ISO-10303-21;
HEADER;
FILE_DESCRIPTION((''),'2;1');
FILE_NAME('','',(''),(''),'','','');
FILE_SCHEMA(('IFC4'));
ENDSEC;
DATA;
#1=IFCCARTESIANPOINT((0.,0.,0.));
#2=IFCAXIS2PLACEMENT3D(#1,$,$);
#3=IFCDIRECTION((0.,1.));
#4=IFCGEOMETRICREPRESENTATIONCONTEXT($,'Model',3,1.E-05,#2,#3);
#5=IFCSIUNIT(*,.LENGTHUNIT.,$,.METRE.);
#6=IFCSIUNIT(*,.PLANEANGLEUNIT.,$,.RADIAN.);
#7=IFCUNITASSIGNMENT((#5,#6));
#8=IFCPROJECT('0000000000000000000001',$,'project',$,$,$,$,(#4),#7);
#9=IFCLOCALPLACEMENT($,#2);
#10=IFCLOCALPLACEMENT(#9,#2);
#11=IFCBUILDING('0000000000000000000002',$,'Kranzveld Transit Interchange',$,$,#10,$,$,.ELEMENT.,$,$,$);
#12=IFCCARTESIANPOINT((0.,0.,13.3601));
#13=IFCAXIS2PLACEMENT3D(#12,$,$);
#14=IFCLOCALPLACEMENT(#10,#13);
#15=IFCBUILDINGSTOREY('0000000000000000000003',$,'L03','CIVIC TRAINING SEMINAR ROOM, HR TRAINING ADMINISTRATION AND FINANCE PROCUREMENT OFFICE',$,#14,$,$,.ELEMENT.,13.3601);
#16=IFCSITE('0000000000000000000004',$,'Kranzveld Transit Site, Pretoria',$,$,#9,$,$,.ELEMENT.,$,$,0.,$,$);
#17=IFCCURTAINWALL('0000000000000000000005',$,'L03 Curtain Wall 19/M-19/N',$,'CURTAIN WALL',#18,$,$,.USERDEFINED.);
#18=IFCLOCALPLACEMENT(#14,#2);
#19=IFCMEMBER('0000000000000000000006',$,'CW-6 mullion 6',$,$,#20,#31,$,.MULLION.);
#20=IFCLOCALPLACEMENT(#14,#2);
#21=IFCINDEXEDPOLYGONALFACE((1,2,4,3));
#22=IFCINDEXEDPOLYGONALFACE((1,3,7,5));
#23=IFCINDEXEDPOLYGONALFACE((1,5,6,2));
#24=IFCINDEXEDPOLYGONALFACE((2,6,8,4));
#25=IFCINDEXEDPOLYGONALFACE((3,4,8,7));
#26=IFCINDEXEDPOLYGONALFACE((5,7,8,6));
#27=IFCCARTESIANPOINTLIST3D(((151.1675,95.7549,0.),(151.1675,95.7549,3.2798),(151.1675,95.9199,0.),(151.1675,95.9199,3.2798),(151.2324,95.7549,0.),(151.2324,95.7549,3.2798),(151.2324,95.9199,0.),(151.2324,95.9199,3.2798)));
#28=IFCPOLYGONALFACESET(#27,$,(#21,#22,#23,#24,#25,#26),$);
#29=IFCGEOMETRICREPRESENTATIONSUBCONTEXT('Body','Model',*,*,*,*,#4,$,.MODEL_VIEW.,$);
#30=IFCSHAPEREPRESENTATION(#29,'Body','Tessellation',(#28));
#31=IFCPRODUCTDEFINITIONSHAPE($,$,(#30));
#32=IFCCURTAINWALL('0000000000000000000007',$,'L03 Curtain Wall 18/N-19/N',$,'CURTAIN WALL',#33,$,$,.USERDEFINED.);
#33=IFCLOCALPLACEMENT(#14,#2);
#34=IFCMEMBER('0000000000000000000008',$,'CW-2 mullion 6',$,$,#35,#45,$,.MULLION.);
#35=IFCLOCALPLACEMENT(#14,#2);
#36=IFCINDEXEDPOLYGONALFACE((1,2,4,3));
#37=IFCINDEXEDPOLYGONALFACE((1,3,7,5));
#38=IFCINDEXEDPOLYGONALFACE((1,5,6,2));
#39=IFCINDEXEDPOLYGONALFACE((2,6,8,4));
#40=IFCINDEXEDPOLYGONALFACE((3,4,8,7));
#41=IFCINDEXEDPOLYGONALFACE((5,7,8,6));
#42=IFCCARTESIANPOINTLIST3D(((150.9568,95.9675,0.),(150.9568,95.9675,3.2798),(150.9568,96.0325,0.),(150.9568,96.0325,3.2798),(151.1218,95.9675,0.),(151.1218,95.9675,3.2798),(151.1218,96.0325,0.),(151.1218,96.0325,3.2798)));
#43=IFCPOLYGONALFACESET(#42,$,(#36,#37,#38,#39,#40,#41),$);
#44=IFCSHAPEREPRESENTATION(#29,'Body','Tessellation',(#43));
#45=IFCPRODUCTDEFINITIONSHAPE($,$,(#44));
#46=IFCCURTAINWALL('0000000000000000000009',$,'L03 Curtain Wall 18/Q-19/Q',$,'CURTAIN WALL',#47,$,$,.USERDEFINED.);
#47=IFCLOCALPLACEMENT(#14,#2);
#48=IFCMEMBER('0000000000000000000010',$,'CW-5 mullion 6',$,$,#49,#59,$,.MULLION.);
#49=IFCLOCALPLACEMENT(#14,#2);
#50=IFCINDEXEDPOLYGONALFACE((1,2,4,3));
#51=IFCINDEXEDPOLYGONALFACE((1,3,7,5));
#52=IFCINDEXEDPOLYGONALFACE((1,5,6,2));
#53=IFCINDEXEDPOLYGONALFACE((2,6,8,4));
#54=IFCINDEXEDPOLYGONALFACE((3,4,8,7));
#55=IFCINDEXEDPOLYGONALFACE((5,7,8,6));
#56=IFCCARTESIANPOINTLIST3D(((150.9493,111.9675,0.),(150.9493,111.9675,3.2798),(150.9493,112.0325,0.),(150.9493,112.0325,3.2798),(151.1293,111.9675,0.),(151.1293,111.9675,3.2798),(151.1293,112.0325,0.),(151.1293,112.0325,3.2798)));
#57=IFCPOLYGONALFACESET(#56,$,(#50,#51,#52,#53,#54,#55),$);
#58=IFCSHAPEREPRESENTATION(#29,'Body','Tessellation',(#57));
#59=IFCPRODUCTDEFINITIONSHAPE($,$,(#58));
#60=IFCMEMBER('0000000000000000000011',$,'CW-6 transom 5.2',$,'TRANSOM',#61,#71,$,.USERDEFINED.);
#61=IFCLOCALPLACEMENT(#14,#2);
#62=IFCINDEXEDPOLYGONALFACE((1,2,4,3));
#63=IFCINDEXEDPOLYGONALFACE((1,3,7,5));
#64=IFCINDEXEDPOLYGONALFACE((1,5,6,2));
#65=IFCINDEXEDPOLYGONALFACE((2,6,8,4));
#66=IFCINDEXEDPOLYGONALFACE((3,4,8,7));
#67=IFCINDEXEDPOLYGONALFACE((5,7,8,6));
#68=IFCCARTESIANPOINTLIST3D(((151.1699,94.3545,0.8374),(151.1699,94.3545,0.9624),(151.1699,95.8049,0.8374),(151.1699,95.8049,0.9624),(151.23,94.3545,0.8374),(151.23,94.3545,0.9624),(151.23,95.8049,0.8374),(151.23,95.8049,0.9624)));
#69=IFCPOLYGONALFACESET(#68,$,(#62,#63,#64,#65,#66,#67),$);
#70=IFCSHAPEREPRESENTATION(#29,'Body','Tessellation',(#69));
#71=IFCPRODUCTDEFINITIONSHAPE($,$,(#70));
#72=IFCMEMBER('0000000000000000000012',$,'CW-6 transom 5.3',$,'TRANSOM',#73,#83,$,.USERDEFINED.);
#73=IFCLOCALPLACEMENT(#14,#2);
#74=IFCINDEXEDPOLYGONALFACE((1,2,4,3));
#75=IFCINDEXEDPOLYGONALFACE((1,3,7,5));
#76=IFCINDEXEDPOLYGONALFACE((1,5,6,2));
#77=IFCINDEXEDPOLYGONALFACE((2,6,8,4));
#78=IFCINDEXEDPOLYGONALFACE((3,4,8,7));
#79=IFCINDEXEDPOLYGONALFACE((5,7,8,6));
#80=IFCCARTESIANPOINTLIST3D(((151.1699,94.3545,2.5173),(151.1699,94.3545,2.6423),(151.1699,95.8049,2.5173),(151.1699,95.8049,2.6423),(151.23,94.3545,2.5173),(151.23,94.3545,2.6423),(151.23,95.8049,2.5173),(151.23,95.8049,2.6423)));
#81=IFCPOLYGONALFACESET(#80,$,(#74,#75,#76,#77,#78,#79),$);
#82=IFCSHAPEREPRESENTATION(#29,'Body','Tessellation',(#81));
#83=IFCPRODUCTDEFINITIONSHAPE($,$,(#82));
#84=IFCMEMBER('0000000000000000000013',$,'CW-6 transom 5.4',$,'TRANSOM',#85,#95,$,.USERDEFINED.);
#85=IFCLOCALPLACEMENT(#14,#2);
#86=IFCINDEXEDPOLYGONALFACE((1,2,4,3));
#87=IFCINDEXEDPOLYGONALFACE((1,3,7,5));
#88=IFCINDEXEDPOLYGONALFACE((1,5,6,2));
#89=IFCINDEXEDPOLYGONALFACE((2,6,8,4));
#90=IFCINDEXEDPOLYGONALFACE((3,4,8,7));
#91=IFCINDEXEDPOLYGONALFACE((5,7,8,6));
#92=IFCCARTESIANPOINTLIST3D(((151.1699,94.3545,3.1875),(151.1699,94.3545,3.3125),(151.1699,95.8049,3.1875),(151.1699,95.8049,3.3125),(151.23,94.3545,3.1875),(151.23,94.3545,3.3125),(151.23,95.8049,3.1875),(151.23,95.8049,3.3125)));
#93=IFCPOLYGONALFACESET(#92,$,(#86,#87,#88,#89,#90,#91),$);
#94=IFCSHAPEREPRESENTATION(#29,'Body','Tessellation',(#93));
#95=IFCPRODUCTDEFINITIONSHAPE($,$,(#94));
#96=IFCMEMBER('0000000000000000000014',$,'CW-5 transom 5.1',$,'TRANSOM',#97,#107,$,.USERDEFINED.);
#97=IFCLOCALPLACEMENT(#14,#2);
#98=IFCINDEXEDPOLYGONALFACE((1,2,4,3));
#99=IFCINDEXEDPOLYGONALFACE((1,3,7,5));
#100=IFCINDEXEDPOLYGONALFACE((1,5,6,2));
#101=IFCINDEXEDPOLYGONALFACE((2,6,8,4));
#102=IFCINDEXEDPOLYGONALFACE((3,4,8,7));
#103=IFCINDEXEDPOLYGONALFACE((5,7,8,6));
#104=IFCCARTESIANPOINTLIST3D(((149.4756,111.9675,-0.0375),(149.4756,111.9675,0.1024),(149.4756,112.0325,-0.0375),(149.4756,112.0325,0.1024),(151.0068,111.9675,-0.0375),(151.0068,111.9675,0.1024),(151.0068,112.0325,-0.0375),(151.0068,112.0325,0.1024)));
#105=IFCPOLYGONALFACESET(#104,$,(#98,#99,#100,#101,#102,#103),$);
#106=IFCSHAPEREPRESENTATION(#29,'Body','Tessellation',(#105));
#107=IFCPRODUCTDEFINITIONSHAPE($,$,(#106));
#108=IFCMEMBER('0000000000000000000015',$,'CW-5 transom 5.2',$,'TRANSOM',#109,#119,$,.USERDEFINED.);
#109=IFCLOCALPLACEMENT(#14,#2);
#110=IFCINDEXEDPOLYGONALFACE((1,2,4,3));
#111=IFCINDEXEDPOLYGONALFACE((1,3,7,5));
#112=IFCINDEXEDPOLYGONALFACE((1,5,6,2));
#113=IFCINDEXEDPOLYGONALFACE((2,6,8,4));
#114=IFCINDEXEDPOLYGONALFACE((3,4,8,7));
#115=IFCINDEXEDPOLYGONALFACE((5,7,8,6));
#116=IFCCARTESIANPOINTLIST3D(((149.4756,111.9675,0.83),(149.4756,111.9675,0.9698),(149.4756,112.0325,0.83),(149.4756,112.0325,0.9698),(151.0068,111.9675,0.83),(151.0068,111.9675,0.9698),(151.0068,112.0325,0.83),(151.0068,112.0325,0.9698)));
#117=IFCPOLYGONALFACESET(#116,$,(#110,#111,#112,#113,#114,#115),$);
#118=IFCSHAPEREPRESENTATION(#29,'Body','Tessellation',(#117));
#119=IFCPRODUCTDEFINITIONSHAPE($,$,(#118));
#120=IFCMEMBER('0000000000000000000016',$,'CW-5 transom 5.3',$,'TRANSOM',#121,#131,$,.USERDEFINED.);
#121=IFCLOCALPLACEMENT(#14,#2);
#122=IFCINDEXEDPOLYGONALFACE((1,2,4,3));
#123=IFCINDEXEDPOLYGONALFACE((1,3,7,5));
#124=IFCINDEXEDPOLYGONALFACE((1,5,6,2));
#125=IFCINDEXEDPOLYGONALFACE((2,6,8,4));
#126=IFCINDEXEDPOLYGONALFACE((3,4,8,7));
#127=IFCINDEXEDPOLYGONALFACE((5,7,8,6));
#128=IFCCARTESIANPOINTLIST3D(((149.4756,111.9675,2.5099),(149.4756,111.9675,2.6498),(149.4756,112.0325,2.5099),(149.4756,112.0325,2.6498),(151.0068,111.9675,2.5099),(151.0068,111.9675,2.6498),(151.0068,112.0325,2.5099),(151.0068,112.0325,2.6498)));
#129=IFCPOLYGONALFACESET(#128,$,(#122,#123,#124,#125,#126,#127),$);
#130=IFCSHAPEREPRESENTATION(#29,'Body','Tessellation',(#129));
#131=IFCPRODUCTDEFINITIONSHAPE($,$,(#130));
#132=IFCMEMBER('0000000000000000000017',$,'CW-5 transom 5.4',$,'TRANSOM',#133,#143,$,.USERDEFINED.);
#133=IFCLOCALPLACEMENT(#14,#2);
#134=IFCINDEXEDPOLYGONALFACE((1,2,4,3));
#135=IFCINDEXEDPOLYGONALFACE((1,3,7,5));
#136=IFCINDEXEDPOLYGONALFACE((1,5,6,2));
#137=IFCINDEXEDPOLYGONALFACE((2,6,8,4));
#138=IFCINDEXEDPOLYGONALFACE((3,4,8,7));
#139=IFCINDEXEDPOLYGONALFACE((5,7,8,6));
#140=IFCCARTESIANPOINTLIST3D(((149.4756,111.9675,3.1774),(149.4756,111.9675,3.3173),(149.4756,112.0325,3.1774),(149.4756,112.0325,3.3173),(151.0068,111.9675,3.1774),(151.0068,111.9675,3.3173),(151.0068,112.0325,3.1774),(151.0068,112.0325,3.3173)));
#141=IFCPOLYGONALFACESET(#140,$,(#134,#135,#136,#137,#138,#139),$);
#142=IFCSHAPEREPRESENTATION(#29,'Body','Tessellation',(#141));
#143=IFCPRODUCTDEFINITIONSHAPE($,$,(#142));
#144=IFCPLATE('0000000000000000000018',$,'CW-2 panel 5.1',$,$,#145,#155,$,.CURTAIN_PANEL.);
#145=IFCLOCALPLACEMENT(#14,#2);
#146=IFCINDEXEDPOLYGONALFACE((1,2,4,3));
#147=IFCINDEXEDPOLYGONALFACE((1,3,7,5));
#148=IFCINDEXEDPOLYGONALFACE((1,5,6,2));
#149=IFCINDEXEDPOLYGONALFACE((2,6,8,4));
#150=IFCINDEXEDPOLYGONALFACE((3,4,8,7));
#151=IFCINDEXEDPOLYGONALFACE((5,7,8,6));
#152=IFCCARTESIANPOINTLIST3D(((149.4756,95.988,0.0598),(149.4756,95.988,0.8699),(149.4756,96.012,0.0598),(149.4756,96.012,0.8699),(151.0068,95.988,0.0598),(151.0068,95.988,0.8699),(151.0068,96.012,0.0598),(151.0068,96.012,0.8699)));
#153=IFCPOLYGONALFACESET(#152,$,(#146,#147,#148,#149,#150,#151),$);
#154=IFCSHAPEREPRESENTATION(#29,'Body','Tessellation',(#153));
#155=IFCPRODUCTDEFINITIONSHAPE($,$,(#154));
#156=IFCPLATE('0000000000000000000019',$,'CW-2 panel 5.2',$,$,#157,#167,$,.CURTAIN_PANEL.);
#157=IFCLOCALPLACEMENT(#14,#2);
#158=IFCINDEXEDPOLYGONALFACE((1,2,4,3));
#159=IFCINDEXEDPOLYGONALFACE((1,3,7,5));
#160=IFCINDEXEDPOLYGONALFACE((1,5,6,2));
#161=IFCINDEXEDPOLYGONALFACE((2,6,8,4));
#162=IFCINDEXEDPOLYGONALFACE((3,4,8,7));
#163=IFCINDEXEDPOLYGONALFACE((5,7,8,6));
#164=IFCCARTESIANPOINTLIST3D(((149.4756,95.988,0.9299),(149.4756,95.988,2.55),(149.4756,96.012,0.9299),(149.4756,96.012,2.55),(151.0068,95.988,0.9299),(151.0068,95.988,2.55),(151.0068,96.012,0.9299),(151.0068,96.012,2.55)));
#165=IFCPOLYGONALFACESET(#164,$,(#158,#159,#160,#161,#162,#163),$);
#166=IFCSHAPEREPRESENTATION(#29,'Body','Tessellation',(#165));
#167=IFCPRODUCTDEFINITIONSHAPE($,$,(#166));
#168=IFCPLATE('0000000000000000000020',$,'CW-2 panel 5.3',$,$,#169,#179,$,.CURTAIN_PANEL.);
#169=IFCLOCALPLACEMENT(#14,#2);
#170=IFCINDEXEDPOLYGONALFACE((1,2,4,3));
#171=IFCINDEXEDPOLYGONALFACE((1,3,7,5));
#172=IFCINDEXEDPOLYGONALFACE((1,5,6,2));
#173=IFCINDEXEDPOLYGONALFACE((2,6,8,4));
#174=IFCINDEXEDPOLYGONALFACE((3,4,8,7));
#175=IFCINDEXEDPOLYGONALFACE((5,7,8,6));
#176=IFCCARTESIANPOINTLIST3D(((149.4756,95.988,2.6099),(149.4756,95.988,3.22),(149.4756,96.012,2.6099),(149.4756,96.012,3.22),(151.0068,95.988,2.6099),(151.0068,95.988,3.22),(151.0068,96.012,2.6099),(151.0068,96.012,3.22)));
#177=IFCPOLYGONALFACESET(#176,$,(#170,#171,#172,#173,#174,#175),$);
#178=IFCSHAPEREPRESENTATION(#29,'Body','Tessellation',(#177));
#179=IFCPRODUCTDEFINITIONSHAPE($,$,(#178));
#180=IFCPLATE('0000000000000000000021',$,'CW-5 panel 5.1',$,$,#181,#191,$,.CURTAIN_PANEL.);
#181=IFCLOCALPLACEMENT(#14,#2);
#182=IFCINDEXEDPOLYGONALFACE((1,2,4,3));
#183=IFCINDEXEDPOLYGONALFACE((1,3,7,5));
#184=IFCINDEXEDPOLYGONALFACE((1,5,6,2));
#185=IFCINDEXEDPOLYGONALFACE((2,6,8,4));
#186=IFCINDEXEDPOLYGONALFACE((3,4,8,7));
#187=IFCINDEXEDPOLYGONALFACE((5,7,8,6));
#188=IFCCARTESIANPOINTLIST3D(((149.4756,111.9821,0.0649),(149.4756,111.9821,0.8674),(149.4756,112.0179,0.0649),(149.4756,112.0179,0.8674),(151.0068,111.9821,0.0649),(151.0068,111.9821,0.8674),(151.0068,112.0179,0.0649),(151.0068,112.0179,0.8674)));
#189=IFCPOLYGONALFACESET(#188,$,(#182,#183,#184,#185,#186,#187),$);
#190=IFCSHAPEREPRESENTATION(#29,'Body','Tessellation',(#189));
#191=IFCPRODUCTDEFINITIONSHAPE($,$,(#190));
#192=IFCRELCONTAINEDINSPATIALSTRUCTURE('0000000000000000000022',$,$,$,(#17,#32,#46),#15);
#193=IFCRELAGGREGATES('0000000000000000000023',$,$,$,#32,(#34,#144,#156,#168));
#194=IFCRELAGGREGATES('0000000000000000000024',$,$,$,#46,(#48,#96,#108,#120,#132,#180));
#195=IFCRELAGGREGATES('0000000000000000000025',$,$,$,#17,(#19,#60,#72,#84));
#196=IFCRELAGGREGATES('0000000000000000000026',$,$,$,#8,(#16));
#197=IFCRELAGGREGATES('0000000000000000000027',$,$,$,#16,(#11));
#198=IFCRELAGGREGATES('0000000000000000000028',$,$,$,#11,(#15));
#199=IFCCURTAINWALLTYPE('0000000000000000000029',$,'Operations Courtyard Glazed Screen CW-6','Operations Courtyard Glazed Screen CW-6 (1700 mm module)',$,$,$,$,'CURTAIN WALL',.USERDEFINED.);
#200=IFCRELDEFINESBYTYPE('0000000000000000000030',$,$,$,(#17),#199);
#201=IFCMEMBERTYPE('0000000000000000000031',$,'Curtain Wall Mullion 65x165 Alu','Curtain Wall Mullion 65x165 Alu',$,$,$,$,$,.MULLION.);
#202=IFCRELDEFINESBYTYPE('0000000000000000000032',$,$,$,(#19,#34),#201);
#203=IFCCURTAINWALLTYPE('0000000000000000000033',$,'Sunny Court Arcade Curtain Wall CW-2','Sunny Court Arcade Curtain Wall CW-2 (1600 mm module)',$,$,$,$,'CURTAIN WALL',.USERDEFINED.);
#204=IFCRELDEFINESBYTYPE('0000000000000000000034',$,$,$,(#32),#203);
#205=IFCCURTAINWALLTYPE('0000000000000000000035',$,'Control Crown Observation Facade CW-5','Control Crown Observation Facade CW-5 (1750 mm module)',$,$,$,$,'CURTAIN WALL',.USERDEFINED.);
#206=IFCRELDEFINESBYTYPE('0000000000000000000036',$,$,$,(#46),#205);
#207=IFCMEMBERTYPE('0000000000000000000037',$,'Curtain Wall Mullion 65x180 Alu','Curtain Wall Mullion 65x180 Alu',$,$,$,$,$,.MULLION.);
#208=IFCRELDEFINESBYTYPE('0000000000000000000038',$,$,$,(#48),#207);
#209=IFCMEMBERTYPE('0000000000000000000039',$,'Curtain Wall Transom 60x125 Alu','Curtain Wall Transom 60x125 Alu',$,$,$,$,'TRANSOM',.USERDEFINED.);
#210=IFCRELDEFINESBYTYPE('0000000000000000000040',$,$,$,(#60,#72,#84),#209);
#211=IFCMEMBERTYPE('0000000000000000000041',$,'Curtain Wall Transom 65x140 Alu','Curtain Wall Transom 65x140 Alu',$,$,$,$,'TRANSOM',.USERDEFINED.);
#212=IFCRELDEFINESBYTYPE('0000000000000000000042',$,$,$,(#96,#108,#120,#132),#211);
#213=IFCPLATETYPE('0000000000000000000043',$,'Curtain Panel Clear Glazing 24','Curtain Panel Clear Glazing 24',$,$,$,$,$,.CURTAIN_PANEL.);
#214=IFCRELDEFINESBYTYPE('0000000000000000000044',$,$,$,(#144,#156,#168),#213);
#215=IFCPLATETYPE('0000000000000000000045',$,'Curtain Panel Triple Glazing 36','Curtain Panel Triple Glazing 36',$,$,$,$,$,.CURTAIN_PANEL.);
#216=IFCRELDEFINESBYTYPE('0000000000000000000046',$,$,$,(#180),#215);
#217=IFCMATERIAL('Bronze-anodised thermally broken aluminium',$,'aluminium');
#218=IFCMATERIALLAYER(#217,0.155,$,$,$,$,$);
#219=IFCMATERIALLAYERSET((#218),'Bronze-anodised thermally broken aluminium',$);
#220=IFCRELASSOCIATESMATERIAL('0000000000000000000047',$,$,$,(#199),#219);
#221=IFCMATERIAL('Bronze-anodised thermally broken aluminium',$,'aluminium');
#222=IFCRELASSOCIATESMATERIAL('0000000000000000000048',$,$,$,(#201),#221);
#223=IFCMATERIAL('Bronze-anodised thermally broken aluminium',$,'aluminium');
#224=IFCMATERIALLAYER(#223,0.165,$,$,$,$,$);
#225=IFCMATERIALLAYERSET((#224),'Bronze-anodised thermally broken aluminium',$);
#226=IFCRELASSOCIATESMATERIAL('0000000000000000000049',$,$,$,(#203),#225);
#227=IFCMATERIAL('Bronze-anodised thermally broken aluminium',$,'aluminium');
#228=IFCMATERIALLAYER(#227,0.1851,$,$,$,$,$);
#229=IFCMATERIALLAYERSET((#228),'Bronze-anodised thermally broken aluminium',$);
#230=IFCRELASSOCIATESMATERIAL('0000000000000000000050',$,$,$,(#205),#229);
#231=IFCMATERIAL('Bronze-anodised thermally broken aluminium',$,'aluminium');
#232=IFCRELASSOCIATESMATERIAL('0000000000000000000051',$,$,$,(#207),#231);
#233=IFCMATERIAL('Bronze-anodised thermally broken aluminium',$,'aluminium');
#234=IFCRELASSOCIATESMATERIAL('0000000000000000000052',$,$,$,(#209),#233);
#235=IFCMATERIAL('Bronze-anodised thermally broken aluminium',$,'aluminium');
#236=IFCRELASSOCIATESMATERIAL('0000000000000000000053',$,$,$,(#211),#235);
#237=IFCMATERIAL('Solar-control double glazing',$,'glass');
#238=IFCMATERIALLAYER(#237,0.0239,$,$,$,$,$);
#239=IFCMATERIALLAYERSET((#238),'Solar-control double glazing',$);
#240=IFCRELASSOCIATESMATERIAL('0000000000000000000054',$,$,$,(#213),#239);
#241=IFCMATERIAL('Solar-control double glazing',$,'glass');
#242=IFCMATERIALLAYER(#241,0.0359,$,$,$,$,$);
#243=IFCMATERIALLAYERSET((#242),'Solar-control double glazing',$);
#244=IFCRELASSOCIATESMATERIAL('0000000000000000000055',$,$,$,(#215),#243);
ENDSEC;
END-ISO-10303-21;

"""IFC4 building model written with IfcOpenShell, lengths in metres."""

from ifc_helpers import new_model, si_unit, direction, frame, origin, origin_2d, place, context, subcontext, project, spatial, rectangle, extrude, material, layer, layer_set, material_profile, profile_set, type_object, element, aggregate, save


model = new_model("IFC4")

# Units and contexts
model_context = context("Model", 3, precision=1e-05, world=origin(), true_north=direction((0.0, 1.0)))
body_context = subcontext(model_context, "Body", "Model", "MODEL_VIEW")
ifc_project = project(units=[si_unit("LENGTHUNIT", "METRE"), si_unit("PLANEANGLEUNIT", "RADIAN")], contexts=[model_context])

# Site, building, storey
site_placement = place(None, origin())
site = spatial("IfcSite", under=ifc_project, at=site_placement, Name="Kranzveld Transit Site, Pretoria", CompositionType="ELEMENT", RefElevation=0.0)
building_placement = place(site_placement, origin())
building = spatial("IfcBuilding", under=site, at=building_placement, Name="Kranzveld Transit Interchange", CompositionType="ELEMENT")
storey_placement = place(building_placement, frame((0.0, 0.0, 13.3601)))
storey = spatial("IfcBuildingStorey", under=building, at=storey_placement, Name="L03", Description="CIVIC TRAINING SEMINAR ROOM, HR TRAINING ADMINISTRATION AND FINANCE PROCUREMENT OFFICE", CompositionType="ELEMENT", Elevation=13.3601)

# Curtain walls, members
ifc_material_1 = material(Name="Bronze-anodised thermally broken aluminium", Category="aluminium")
ifc_layer_1 = layer(ifc_material_1, 0.155)
ifc_layer_set_1 = layer_set([ifc_layer_1], Name="Bronze-anodised thermally broken aluminium")
curtain_wall_type_1 = type_object("IfcCurtainWallType", Name="Operations Courtyard Glazed Screen CW-6", Description="Operations Courtyard Glazed Screen CW-6 (1700 mm module)", ElementType="CURTAIN WALL", PredefinedType="USERDEFINED", material=ifc_layer_set_1)
curtain_wall_1_placement = place(storey_placement, origin())
curtain_wall_1 = element("IfcCurtainWall", 1, at=curtain_wall_1_placement, inside=storey, type_object=curtain_wall_type_1, Name="L03 Curtain Wall 19/M-19/N", ObjectType="CURTAIN WALL", PredefinedType="USERDEFINED")
ifc_material_2 = material(Name="Bronze-anodised thermally broken aluminium", Category="aluminium")
ifc_material_profile_1 = material_profile(ifc_material_2, rectangle(XDim=0.0649, YDim=0.165, at=origin_2d()), Name="ALU MULLION 65x165")
ifc_profile_set_1 = profile_set([ifc_material_profile_1], Name="Bronze-anodised thermally broken aluminium")
member_type_1 = type_object("IfcMemberType", Name="Curtain Wall Mullion 65x165 Alu", Description="Curtain Wall Mullion 65x165 Alu", PredefinedType="MULLION", material=ifc_profile_set_1)
member_1_placement = place(storey_placement, frame((151.2, 95.8374, 0.0), z_axis=(0.0, 0.0, 1.0), x_axis=(-1.0, 0.0, 0.0)))
member_1 = element("IfcMember", 2, at=member_1_placement, type_object=member_type_1, Name="CW-6 mullion 6", PredefinedType="MULLION", context=body_context, shape_type="SweptSolid", body=[
    extrude(rectangle(XDim=0.0649, YDim=0.165, at=origin_2d()), origin(), (0.0, 0.0, 1.0), 3.2798),
])
ifc_material_3 = material(Name="Bronze-anodised thermally broken aluminium", Category="aluminium")
ifc_layer_2 = layer(ifc_material_3, 0.165)
ifc_layer_set_2 = layer_set([ifc_layer_2], Name="Bronze-anodised thermally broken aluminium")
curtain_wall_type_2 = type_object("IfcCurtainWallType", Name="Sunny Court Arcade Curtain Wall CW-2", Description="Sunny Court Arcade Curtain Wall CW-2 (1600 mm module)", ElementType="CURTAIN WALL", PredefinedType="USERDEFINED", material=ifc_layer_set_2)
curtain_wall_2_placement = place(storey_placement, origin())
curtain_wall_2 = element("IfcCurtainWall", 3, at=curtain_wall_2_placement, inside=storey, type_object=curtain_wall_type_2, Name="L03 Curtain Wall 18/N-19/N", ObjectType="CURTAIN WALL", PredefinedType="USERDEFINED")
member_2_placement = place(storey_placement, frame((151.0393, 96.0, 0.0), z_axis=(0.0, 0.0, 1.0), x_axis=(0.0, 1.0, 0.0)))
member_2 = element("IfcMember", 4, at=member_2_placement, type_object=member_type_1, Name="CW-2 mullion 6", PredefinedType="MULLION", context=body_context, shape_type="SweptSolid", body=[
    extrude(rectangle(XDim=0.0649, YDim=0.165, at=origin_2d()), origin(), (0.0, 0.0, 1.0), 3.2798),
])
ifc_material_4 = material(Name="Bronze-anodised thermally broken aluminium", Category="aluminium")
ifc_layer_3 = layer(ifc_material_4, 0.1851)
ifc_layer_set_3 = layer_set([ifc_layer_3], Name="Bronze-anodised thermally broken aluminium")
curtain_wall_type_3 = type_object("IfcCurtainWallType", Name="Control Crown Observation Facade CW-5", Description="Control Crown Observation Facade CW-5 (1750 mm module)", ElementType="CURTAIN WALL", PredefinedType="USERDEFINED", material=ifc_layer_set_3)
curtain_wall_3_placement = place(storey_placement, origin())
curtain_wall_3 = element("IfcCurtainWall", 5, at=curtain_wall_3_placement, inside=storey, type_object=curtain_wall_type_3, Name="L03 Curtain Wall 18/Q-19/Q", ObjectType="CURTAIN WALL", PredefinedType="USERDEFINED")
ifc_material_5 = material(Name="Bronze-anodised thermally broken aluminium", Category="aluminium")
ifc_material_profile_2 = material_profile(ifc_material_5, rectangle(XDim=0.0649, YDim=0.1799, at=origin_2d()), Name="ALU MULLION 65x180")
ifc_profile_set_2 = profile_set([ifc_material_profile_2], Name="Bronze-anodised thermally broken aluminium")
member_type_2 = type_object("IfcMemberType", Name="Curtain Wall Mullion 65x180 Alu", Description="Curtain Wall Mullion 65x180 Alu", PredefinedType="MULLION", material=ifc_profile_set_2)
member_3_placement = place(storey_placement, frame((151.0393, 112.0, 0.0), z_axis=(0.0, 0.0, 1.0), x_axis=(0.0, 1.0, 0.0)))
member_3 = element("IfcMember", 6, at=member_3_placement, type_object=member_type_2, Name="CW-5 mullion 6", PredefinedType="MULLION", context=body_context, shape_type="SweptSolid", body=[
    extrude(rectangle(XDim=0.0649, YDim=0.1799, at=origin_2d()), origin(), (0.0, 0.0, 1.0), 3.2798),
])

# Members
ifc_material_6 = material(Name="Bronze-anodised thermally broken aluminium", Category="aluminium")
ifc_material_profile_3 = material_profile(ifc_material_6, rectangle(XDim=0.0601, YDim=0.125, at=origin_2d()), Name="ALU TRANSOM 60x125")
ifc_profile_set_3 = profile_set([ifc_material_profile_3], Name="Bronze-anodised thermally broken aluminium")
member_type_3 = type_object("IfcMemberType", Name="Curtain Wall Transom 60x125 Alu", Description="Curtain Wall Transom 60x125 Alu", ElementType="TRANSOM", PredefinedType="USERDEFINED", material=ifc_profile_set_3)
member_4_placement = place(storey_placement, frame((151.2, 94.3545, 0.8999), z_axis=(0.0, 1.0, 0.0), x_axis=(-1.0, 0.0, 0.0)))
member_4 = element("IfcMember", 7, at=member_4_placement, type_object=member_type_3, Name="CW-6 transom 5.2", ObjectType="TRANSOM", PredefinedType="USERDEFINED", context=body_context, shape_type="SweptSolid", body=[
    extrude(rectangle(XDim=0.0601, YDim=0.125, at=origin_2d()), origin(), (0.0, 0.0, 1.0), 1.4504),
])
member_5_placement = place(storey_placement, frame((151.2, 94.3545, 2.5798), z_axis=(0.0, 1.0, 0.0), x_axis=(-1.0, 0.0, 0.0)))
member_5 = element("IfcMember", 8, at=member_5_placement, type_object=member_type_3, Name="CW-6 transom 5.3", ObjectType="TRANSOM", PredefinedType="USERDEFINED", context=body_context, shape_type="SweptSolid", body=[
    extrude(rectangle(XDim=0.0601, YDim=0.125, at=origin_2d()), origin(), (0.0, 0.0, 1.0), 1.4504),
])
member_6_placement = place(storey_placement, frame((151.2, 94.3545, 3.25), z_axis=(0.0, 1.0, 0.0), x_axis=(-1.0, 0.0, 0.0)))
member_6 = element("IfcMember", 9, at=member_6_placement, type_object=member_type_3, Name="CW-6 transom 5.4", ObjectType="TRANSOM", PredefinedType="USERDEFINED", context=body_context, shape_type="SweptSolid", body=[
    extrude(rectangle(XDim=0.0601, YDim=0.125, at=origin_2d()), origin(), (0.0, 0.0, 1.0), 1.4504),
])
ifc_material_7 = material(Name="Bronze-anodised thermally broken aluminium", Category="aluminium")
ifc_material_profile_4 = material_profile(ifc_material_7, rectangle(XDim=0.0649, YDim=0.1399, at=origin_2d()), Name="ALU TRANSOM 65x140")
ifc_profile_set_4 = profile_set([ifc_material_profile_4], Name="Bronze-anodised thermally broken aluminium")
member_type_4 = type_object("IfcMemberType", Name="Curtain Wall Transom 65x140 Alu", Description="Curtain Wall Transom 65x140 Alu", ElementType="TRANSOM", PredefinedType="USERDEFINED", material=ifc_profile_set_4)
member_7_placement = place(storey_placement, frame((149.4756, 112.0, 0.0325), z_axis=(1.0, 0.0, 0.0), x_axis=(0.0, 1.0, 0.0)))
member_7 = element("IfcMember", 10, at=member_7_placement, type_object=member_type_4, Name="CW-5 transom 5.1", ObjectType="TRANSOM", PredefinedType="USERDEFINED", context=body_context, shape_type="SweptSolid", body=[
    extrude(rectangle(XDim=0.0649, YDim=0.1399, at=origin_2d()), origin(), (0.0, 0.0, 1.0), 1.5312),
])
member_8_placement = place(storey_placement, frame((149.4756, 112.0, 0.8999), z_axis=(1.0, 0.0, 0.0), x_axis=(0.0, 1.0, 0.0)))
member_8 = element("IfcMember", 11, at=member_8_placement, type_object=member_type_4, Name="CW-5 transom 5.2", ObjectType="TRANSOM", PredefinedType="USERDEFINED", context=body_context, shape_type="SweptSolid", body=[
    extrude(rectangle(XDim=0.0649, YDim=0.1399, at=origin_2d()), origin(), (0.0, 0.0, 1.0), 1.5312),
])
member_9_placement = place(storey_placement, frame((149.4756, 112.0, 2.5798), z_axis=(1.0, 0.0, 0.0), x_axis=(0.0, 1.0, 0.0)))
member_9 = element("IfcMember", 12, at=member_9_placement, type_object=member_type_4, Name="CW-5 transom 5.3", ObjectType="TRANSOM", PredefinedType="USERDEFINED", context=body_context, shape_type="SweptSolid", body=[
    extrude(rectangle(XDim=0.0649, YDim=0.1399, at=origin_2d()), origin(), (0.0, 0.0, 1.0), 1.5312),
])
member_10_placement = place(storey_placement, frame((149.4756, 112.0, 3.2473), z_axis=(1.0, 0.0, 0.0), x_axis=(0.0, 1.0, 0.0)))
member_10 = element("IfcMember", 13, at=member_10_placement, type_object=member_type_4, Name="CW-5 transom 5.4", ObjectType="TRANSOM", PredefinedType="USERDEFINED", context=body_context, shape_type="SweptSolid", body=[
    extrude(rectangle(XDim=0.0649, YDim=0.1399, at=origin_2d()), origin(), (0.0, 0.0, 1.0), 1.5312),
])

# Plates
ifc_material_8 = material(Name="Solar-control double glazing", Category="glass")
ifc_layer_4 = layer(ifc_material_8, 0.0239)
ifc_layer_set_4 = layer_set([ifc_layer_4], Name="Solar-control double glazing")
plate_type_1 = type_object("IfcPlateType", Name="Curtain Panel Clear Glazing 24", Description="Curtain Panel Clear Glazing 24", PredefinedType="CURTAIN_PANEL", material=ifc_layer_set_4)
plate_1_placement = place(storey_placement, frame((150.2412, 96.0, 0.0598), z_axis=(0.0, 0.0, 1.0), x_axis=(1.0, 0.0, 0.0)))
plate_1 = element("IfcPlate", 14, at=plate_1_placement, type_object=plate_type_1, Name="CW-2 panel 5.1", PredefinedType="CURTAIN_PANEL", context=body_context, shape_type="SweptSolid", body=[
    extrude(rectangle(XDim=1.5312, YDim=0.0239, at=origin_2d()), origin(), (0.0, 0.0, 1.0), 0.8101),
])
plate_2_placement = place(storey_placement, frame((150.2412, 96.0, 0.9299), z_axis=(0.0, 0.0, 1.0), x_axis=(1.0, 0.0, 0.0)))
plate_2 = element("IfcPlate", 15, at=plate_2_placement, type_object=plate_type_1, Name="CW-2 panel 5.2", PredefinedType="CURTAIN_PANEL", context=body_context, shape_type="SweptSolid", body=[
    extrude(rectangle(XDim=1.5312, YDim=0.0239, at=origin_2d()), origin(), (0.0, 0.0, 1.0), 1.6201),
])
plate_3_placement = place(storey_placement, frame((150.2412, 96.0, 2.6099), z_axis=(0.0, 0.0, 1.0), x_axis=(1.0, 0.0, 0.0)))
plate_3 = element("IfcPlate", 16, at=plate_3_placement, type_object=plate_type_1, Name="CW-2 panel 5.3", PredefinedType="CURTAIN_PANEL", context=body_context, shape_type="SweptSolid", body=[
    extrude(rectangle(XDim=1.5312, YDim=0.0239, at=origin_2d()), origin(), (0.0, 0.0, 1.0), 0.6101),
])
aggregate(curtain_wall_2, [member_2, plate_1, plate_2, plate_3])
ifc_material_9 = material(Name="Solar-control double glazing", Category="glass")
ifc_layer_5 = layer(ifc_material_9, 0.0359)
ifc_layer_set_5 = layer_set([ifc_layer_5], Name="Solar-control double glazing")
plate_type_2 = type_object("IfcPlateType", Name="Curtain Panel Triple Glazing 36", Description="Curtain Panel Triple Glazing 36", PredefinedType="CURTAIN_PANEL", material=ifc_layer_set_5)
plate_4_placement = place(storey_placement, frame((150.2412, 112.0, 0.0649), z_axis=(0.0, 0.0, 1.0), x_axis=(1.0, 0.0, 0.0)))
plate_4 = element("IfcPlate", 17, at=plate_4_placement, type_object=plate_type_2, Name="CW-5 panel 5.1", PredefinedType="CURTAIN_PANEL", context=body_context, shape_type="SweptSolid", body=[
    extrude(rectangle(XDim=1.5312, YDim=0.0359, at=origin_2d()), origin(), (0.0, 0.0, 1.0), 0.8025),
])
aggregate(curtain_wall_3, [member_3, member_7, member_8, member_9, member_10, plate_4])
aggregate(curtain_wall_1, [member_1, member_4, member_5, member_6])

save(model, "model.ifc")
